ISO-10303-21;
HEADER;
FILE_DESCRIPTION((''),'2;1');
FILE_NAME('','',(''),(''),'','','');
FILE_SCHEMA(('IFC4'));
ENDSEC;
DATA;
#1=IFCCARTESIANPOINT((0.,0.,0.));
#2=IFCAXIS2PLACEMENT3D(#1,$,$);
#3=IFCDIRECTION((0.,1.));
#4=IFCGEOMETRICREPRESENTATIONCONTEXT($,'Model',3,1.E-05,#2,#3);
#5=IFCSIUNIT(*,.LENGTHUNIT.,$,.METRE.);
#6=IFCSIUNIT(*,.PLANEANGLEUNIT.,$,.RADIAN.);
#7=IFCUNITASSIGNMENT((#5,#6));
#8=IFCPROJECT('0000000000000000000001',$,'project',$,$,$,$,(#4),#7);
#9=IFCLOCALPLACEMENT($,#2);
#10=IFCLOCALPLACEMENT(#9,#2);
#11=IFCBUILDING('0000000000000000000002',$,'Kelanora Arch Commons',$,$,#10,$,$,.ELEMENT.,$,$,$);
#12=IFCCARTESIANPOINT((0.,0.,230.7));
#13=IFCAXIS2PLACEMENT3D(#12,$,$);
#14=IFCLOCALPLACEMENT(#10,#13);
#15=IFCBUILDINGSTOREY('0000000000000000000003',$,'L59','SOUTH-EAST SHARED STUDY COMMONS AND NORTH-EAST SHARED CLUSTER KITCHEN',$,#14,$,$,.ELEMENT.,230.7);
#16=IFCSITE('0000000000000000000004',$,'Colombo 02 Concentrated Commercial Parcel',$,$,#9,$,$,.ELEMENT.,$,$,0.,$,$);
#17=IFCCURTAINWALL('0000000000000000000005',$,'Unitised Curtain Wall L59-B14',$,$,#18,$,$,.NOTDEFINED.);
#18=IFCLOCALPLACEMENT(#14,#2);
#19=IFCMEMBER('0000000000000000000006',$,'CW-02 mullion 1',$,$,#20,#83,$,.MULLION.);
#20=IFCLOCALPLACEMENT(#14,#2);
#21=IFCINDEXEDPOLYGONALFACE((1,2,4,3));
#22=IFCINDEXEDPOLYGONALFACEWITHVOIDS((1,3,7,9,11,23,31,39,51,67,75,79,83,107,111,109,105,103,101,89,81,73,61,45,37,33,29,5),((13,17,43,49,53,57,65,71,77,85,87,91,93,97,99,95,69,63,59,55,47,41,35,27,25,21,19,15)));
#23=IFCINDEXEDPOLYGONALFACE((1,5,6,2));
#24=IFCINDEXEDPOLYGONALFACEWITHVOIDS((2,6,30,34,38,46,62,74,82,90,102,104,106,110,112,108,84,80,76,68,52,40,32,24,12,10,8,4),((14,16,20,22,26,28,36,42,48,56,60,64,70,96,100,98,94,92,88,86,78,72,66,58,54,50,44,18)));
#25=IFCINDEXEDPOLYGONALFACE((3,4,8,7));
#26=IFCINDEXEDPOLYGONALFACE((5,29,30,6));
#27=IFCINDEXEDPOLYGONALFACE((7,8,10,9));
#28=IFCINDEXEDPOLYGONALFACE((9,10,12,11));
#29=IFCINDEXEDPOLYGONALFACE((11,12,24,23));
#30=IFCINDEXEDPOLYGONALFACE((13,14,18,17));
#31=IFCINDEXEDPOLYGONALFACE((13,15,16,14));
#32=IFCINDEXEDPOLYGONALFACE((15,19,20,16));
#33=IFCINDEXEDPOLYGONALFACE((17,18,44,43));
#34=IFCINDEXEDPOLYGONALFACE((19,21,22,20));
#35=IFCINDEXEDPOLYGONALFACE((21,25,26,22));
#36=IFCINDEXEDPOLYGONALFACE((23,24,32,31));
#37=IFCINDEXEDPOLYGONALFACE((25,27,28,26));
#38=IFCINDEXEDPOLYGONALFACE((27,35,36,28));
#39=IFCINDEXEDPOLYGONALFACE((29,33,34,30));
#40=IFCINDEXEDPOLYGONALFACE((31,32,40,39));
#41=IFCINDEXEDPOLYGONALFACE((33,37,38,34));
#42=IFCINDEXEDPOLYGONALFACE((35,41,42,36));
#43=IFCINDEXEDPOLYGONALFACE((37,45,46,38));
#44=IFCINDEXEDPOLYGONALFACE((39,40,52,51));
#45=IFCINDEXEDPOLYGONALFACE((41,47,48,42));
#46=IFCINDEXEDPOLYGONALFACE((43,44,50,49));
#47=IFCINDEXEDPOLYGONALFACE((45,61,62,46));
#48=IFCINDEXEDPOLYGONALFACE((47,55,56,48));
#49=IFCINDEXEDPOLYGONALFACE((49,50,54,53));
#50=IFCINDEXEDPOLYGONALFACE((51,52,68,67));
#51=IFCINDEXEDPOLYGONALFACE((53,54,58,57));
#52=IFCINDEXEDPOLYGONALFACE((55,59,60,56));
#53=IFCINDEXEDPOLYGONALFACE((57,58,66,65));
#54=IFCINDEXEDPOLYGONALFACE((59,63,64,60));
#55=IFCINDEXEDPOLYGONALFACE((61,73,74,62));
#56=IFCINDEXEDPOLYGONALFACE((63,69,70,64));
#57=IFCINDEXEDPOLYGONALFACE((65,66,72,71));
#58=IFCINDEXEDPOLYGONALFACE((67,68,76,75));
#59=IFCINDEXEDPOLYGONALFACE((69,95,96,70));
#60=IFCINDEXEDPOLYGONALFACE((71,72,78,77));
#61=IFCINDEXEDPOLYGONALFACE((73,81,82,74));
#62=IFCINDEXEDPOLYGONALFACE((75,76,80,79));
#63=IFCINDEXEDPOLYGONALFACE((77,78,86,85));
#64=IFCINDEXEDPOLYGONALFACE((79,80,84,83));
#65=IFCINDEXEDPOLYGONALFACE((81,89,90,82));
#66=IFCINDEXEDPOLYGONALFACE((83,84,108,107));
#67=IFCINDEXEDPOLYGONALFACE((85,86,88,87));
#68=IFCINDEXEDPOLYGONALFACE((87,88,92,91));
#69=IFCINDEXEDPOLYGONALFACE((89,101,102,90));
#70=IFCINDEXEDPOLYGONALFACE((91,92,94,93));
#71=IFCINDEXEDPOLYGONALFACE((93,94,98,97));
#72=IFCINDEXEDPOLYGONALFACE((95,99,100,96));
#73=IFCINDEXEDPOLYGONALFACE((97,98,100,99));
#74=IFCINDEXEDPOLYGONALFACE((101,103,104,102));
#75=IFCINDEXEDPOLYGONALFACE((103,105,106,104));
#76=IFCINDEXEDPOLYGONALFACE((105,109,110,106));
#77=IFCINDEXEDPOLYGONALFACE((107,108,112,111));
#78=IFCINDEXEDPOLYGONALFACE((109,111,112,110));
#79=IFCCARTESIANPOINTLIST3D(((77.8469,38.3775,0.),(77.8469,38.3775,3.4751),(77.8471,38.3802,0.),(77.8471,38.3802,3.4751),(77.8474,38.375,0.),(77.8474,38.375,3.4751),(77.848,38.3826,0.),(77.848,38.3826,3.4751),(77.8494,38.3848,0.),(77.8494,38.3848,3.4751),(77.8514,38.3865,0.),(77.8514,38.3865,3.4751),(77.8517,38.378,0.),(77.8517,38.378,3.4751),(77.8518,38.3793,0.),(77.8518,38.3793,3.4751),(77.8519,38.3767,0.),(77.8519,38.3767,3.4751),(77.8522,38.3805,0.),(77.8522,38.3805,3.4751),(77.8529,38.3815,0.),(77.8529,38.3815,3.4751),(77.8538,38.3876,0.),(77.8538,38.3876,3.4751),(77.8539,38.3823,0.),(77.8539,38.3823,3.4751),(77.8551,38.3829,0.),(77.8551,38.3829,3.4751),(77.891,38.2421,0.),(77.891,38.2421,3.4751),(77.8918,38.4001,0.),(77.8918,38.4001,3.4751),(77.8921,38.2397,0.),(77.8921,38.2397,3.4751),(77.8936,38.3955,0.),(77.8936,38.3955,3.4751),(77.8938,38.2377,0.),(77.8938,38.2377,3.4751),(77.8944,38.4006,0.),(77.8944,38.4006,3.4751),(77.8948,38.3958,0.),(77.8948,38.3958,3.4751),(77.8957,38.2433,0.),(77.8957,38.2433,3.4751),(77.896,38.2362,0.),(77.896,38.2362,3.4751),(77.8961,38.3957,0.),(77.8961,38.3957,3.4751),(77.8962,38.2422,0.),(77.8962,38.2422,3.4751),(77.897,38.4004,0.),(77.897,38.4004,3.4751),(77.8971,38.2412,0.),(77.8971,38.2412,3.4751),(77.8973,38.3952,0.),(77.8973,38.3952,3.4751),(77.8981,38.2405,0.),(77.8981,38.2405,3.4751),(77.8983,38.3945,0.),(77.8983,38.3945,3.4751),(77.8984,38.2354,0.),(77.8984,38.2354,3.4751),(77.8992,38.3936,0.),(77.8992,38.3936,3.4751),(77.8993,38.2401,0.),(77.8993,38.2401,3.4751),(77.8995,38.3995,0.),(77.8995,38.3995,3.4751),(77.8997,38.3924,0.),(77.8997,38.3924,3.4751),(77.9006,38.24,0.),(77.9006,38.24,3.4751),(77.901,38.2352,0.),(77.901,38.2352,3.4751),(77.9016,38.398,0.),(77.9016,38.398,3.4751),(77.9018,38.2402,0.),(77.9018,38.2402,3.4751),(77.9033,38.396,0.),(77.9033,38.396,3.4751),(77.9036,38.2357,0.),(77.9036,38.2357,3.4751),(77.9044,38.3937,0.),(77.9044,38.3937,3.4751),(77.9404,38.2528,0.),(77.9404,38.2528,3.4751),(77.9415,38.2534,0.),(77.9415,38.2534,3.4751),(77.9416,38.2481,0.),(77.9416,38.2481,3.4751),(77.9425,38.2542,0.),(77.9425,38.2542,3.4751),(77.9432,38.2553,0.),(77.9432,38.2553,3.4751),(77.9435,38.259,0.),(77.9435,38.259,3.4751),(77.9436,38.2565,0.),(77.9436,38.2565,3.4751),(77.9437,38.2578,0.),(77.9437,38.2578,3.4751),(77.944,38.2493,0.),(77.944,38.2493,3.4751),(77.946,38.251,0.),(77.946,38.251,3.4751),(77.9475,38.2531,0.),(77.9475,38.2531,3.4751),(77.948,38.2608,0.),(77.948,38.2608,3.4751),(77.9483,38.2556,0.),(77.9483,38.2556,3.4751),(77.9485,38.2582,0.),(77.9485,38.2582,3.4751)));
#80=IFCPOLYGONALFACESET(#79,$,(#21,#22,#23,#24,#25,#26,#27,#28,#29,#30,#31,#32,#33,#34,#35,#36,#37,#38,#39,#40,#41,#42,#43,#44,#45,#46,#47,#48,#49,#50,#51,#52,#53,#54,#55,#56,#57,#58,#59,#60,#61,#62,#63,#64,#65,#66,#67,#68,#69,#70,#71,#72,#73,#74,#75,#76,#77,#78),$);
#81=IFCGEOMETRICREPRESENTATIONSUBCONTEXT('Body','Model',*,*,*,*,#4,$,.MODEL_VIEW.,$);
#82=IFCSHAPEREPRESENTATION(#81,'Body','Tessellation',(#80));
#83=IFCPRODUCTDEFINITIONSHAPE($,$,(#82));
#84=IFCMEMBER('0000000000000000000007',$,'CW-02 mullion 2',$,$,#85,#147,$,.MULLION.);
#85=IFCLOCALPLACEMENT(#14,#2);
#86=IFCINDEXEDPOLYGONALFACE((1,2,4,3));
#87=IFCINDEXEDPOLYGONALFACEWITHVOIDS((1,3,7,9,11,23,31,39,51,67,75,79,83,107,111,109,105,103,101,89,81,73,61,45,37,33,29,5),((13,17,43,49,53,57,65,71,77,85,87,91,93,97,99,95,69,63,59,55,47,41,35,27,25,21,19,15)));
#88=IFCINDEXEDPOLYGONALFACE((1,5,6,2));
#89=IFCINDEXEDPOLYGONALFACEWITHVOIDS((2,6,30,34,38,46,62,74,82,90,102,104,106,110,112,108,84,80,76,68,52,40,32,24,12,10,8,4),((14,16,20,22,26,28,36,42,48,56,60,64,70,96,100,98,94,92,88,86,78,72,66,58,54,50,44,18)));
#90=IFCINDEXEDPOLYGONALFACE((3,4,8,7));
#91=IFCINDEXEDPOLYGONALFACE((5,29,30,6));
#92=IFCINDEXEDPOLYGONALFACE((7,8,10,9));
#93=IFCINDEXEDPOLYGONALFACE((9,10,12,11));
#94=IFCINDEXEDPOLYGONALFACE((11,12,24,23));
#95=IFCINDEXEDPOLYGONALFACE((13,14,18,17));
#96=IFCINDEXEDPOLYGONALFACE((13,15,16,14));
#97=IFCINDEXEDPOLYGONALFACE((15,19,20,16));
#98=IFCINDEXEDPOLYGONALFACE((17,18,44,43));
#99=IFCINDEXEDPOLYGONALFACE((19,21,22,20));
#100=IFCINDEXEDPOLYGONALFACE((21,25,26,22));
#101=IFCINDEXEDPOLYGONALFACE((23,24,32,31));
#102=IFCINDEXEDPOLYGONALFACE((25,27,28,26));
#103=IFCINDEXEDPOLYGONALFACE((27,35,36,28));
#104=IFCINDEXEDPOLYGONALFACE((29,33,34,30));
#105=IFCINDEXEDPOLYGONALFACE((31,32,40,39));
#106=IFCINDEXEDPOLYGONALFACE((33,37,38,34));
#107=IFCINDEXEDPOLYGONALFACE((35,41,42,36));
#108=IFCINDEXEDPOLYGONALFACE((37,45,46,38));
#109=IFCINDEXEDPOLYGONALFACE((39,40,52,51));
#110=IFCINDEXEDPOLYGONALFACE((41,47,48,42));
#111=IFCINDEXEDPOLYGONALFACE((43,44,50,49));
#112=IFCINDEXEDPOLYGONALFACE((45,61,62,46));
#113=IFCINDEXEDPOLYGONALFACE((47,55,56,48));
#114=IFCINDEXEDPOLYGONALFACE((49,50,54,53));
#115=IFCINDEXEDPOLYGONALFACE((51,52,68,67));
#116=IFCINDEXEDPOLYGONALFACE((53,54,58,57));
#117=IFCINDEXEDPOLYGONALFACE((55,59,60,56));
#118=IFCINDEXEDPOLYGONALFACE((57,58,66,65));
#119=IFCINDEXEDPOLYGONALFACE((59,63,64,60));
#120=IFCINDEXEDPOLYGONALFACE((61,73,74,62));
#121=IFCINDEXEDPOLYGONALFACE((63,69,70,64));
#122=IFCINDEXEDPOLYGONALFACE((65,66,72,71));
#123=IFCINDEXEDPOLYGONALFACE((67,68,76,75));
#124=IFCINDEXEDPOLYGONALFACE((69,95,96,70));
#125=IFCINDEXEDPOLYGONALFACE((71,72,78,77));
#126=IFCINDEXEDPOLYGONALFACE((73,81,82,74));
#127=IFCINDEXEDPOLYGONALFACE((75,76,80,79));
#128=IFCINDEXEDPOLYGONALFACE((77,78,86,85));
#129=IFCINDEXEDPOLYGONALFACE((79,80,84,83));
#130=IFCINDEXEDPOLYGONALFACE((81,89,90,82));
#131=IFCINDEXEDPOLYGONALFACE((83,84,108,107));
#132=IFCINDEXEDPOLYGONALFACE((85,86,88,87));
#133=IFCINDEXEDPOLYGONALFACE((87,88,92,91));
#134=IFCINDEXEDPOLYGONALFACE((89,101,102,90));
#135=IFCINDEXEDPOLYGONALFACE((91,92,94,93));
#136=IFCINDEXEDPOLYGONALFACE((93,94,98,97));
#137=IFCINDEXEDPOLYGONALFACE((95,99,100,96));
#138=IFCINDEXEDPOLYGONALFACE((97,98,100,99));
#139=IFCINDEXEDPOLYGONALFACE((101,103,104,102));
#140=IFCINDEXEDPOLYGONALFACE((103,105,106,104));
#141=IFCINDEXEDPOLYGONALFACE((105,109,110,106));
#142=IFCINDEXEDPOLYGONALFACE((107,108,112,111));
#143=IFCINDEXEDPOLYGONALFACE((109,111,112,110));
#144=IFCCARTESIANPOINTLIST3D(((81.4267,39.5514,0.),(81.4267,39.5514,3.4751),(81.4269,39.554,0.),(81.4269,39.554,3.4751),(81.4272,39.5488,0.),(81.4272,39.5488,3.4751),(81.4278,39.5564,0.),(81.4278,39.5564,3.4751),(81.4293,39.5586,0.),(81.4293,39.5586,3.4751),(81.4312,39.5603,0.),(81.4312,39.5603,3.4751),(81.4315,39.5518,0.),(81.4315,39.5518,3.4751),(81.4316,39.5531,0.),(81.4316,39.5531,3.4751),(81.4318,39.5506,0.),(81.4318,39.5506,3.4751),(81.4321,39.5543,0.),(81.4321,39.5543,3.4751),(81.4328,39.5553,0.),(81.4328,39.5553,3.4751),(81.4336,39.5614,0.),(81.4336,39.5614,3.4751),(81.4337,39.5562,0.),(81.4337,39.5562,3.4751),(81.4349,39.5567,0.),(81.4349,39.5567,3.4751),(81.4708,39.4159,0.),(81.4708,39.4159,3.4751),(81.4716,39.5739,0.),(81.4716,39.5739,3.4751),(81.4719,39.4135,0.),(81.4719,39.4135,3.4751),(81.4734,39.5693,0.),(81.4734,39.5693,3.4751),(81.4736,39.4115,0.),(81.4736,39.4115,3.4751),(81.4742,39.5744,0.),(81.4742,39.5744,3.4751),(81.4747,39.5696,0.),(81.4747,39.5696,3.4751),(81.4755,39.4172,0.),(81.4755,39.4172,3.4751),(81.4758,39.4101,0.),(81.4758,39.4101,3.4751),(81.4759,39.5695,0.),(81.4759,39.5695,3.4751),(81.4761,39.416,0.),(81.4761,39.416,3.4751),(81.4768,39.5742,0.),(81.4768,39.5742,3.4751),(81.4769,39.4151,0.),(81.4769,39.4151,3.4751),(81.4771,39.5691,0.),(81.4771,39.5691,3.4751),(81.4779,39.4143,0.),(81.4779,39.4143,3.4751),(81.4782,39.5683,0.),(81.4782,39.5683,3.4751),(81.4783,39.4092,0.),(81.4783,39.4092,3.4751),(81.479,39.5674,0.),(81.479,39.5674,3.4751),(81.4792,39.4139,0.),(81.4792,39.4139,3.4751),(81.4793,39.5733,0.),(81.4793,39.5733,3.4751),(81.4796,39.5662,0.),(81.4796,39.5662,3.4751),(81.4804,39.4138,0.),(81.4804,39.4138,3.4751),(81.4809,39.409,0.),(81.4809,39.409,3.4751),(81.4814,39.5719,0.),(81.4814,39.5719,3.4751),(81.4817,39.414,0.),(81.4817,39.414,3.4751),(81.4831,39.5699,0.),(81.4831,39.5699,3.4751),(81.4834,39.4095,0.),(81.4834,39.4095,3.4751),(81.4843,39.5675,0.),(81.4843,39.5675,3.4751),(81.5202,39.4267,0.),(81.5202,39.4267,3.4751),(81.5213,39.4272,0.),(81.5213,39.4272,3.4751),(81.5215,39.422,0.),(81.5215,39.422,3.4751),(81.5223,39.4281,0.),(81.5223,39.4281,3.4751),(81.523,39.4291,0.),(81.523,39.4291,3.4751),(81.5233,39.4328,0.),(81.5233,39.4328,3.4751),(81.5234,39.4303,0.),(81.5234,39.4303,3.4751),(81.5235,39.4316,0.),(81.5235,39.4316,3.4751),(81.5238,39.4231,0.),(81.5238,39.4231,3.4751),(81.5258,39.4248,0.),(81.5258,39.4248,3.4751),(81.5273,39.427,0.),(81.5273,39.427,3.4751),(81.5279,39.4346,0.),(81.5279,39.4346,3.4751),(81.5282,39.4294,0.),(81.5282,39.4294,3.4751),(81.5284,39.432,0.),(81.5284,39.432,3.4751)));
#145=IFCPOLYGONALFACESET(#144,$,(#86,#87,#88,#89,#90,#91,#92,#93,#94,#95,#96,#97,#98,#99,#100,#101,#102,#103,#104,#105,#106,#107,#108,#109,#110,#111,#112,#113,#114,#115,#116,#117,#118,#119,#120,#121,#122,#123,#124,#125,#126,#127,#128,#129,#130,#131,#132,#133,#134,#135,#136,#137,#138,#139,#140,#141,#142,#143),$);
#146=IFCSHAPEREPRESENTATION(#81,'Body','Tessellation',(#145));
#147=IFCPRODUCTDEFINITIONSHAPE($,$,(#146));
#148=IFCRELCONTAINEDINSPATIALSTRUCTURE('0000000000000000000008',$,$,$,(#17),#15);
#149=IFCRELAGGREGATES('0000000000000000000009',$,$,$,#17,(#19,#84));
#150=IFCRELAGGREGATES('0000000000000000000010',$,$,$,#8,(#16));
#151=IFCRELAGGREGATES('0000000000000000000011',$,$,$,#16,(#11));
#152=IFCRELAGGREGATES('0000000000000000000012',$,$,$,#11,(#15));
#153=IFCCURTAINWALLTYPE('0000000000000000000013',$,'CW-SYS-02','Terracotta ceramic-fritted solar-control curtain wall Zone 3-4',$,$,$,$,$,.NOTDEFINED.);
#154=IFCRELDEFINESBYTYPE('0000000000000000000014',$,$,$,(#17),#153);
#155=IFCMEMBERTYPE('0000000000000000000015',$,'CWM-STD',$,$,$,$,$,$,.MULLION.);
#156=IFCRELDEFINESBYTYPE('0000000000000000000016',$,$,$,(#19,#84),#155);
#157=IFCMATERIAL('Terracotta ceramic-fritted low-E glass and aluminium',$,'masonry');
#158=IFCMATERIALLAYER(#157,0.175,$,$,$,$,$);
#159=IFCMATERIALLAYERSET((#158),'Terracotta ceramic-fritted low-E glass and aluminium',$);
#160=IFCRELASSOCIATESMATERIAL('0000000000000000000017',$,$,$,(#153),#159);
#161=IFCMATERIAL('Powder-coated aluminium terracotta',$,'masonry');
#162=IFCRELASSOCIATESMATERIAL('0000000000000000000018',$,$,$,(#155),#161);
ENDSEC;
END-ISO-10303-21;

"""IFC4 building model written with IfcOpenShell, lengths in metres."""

from ifc_helpers import new_model, si_unit, direction, frame, origin, origin_2d, place, context, subcontext, project, spatial, hollow_rectangle, extrude, material, layer, layer_set, material_profile, profile_set, type_object, element, aggregate, save


model = new_model("IFC4")

# Units and contexts
model_context = context("Model", 3, precision=1e-05, world=origin(), true_north=direction((0.0, 1.0)))
body_context = subcontext(model_context, "Body", "Model", "MODEL_VIEW")
ifc_project = project(units=[si_unit("LENGTHUNIT", "METRE"), si_unit("PLANEANGLEUNIT", "RADIAN")], contexts=[model_context])

# Site, building, storey
site_placement = place(None, origin())
site = spatial("IfcSite", under=ifc_project, at=site_placement, Name="Colombo 02 Concentrated Commercial Parcel", CompositionType="ELEMENT", RefElevation=0.0)
building_placement = place(site_placement, origin())
building = spatial("IfcBuilding", under=site, at=building_placement, Name="Kelanora Arch Commons", CompositionType="ELEMENT")
storey_placement = place(building_placement, frame((0.0, 0.0, 230.7)))
storey = spatial("IfcBuildingStorey", under=building, at=storey_placement, Name="L59", Description="SOUTH-EAST SHARED STUDY COMMONS AND NORTH-EAST SHARED CLUSTER KITCHEN", CompositionType="ELEMENT", Elevation=230.7)

# Curtain wall, members
ifc_material_1 = material(Name="Terracotta ceramic-fritted low-E glass and aluminium", Category="masonry")
ifc_layer_1 = layer(ifc_material_1, 0.175)
ifc_layer_set_1 = layer_set([ifc_layer_1], Name="Terracotta ceramic-fritted low-E glass and aluminium")
curtain_wall_type = type_object("IfcCurtainWallType", Name="CW-SYS-02", Description="Terracotta ceramic-fritted solar-control curtain wall Zone 3-4", PredefinedType="NOTDEFINED", material=ifc_layer_set_1)
curtain_wall_placement = place(storey_placement, origin())
curtain_wall = element("IfcCurtainWall", 1, at=curtain_wall_placement, inside=storey, type_object=curtain_wall_type, Name="Unitised Curtain Wall L59-B14", PredefinedType="NOTDEFINED")
ifc_material_2 = material(Name="Powder-coated aluminium terracotta", Category="masonry")
ifc_material_profile_1 = material_profile(ifc_material_2, hollow_rectangle(XDim=0.1599, YDim=0.0601, WallThickness=0.0049, InnerFilletRadius=0.0049, OuterFilletRadius=0.01, at=origin_2d()), Name="CWM160x60")
ifc_profile_set_1 = profile_set([ifc_material_profile_1], Name="Powder-coated aluminium terracotta")
member_type_1 = type_object("IfcMemberType", Name="CWM-STD", PredefinedType="MULLION", material=ifc_profile_set_1)
member_1_placement = place(storey_placement, frame((77.8977, 38.3179, 0.0), z_axis=(0.0, 0.0, 1.0), x_axis=(-0.311582, 0.950219, 0.0)))
member_1 = element("IfcMember", 2, at=member_1_placement, type_object=member_type_1, Name="CW-02 mullion 1", PredefinedType="MULLION", context=body_context, shape_type="SweptSolid", body=[
    extrude(hollow_rectangle(XDim=0.1599, YDim=0.0601, WallThickness=0.0049, InnerFilletRadius=0.0049, OuterFilletRadius=0.01, at=origin_2d()), origin(), (0.0, 0.0, 1.0), 3.4751),
])
member_2_placement = place(storey_placement, frame((81.4775, 39.4917, 0.0), z_axis=(0.0, 0.0, 1.0), x_axis=(-0.311582, 0.950219, 0.0)))
member_2 = element("IfcMember", 3, at=member_2_placement, type_object=member_type_1, Name="CW-02 mullion 2", PredefinedType="MULLION", context=body_context, shape_type="SweptSolid", body=[
    extrude(hollow_rectangle(XDim=0.1599, YDim=0.0601, WallThickness=0.0049, InnerFilletRadius=0.0049, OuterFilletRadius=0.01, at=origin_2d()), origin(), (0.0, 0.0, 1.0), 3.4751),
])
aggregate(curtain_wall, [member_1, member_2])

save(model, "model.ifc")
